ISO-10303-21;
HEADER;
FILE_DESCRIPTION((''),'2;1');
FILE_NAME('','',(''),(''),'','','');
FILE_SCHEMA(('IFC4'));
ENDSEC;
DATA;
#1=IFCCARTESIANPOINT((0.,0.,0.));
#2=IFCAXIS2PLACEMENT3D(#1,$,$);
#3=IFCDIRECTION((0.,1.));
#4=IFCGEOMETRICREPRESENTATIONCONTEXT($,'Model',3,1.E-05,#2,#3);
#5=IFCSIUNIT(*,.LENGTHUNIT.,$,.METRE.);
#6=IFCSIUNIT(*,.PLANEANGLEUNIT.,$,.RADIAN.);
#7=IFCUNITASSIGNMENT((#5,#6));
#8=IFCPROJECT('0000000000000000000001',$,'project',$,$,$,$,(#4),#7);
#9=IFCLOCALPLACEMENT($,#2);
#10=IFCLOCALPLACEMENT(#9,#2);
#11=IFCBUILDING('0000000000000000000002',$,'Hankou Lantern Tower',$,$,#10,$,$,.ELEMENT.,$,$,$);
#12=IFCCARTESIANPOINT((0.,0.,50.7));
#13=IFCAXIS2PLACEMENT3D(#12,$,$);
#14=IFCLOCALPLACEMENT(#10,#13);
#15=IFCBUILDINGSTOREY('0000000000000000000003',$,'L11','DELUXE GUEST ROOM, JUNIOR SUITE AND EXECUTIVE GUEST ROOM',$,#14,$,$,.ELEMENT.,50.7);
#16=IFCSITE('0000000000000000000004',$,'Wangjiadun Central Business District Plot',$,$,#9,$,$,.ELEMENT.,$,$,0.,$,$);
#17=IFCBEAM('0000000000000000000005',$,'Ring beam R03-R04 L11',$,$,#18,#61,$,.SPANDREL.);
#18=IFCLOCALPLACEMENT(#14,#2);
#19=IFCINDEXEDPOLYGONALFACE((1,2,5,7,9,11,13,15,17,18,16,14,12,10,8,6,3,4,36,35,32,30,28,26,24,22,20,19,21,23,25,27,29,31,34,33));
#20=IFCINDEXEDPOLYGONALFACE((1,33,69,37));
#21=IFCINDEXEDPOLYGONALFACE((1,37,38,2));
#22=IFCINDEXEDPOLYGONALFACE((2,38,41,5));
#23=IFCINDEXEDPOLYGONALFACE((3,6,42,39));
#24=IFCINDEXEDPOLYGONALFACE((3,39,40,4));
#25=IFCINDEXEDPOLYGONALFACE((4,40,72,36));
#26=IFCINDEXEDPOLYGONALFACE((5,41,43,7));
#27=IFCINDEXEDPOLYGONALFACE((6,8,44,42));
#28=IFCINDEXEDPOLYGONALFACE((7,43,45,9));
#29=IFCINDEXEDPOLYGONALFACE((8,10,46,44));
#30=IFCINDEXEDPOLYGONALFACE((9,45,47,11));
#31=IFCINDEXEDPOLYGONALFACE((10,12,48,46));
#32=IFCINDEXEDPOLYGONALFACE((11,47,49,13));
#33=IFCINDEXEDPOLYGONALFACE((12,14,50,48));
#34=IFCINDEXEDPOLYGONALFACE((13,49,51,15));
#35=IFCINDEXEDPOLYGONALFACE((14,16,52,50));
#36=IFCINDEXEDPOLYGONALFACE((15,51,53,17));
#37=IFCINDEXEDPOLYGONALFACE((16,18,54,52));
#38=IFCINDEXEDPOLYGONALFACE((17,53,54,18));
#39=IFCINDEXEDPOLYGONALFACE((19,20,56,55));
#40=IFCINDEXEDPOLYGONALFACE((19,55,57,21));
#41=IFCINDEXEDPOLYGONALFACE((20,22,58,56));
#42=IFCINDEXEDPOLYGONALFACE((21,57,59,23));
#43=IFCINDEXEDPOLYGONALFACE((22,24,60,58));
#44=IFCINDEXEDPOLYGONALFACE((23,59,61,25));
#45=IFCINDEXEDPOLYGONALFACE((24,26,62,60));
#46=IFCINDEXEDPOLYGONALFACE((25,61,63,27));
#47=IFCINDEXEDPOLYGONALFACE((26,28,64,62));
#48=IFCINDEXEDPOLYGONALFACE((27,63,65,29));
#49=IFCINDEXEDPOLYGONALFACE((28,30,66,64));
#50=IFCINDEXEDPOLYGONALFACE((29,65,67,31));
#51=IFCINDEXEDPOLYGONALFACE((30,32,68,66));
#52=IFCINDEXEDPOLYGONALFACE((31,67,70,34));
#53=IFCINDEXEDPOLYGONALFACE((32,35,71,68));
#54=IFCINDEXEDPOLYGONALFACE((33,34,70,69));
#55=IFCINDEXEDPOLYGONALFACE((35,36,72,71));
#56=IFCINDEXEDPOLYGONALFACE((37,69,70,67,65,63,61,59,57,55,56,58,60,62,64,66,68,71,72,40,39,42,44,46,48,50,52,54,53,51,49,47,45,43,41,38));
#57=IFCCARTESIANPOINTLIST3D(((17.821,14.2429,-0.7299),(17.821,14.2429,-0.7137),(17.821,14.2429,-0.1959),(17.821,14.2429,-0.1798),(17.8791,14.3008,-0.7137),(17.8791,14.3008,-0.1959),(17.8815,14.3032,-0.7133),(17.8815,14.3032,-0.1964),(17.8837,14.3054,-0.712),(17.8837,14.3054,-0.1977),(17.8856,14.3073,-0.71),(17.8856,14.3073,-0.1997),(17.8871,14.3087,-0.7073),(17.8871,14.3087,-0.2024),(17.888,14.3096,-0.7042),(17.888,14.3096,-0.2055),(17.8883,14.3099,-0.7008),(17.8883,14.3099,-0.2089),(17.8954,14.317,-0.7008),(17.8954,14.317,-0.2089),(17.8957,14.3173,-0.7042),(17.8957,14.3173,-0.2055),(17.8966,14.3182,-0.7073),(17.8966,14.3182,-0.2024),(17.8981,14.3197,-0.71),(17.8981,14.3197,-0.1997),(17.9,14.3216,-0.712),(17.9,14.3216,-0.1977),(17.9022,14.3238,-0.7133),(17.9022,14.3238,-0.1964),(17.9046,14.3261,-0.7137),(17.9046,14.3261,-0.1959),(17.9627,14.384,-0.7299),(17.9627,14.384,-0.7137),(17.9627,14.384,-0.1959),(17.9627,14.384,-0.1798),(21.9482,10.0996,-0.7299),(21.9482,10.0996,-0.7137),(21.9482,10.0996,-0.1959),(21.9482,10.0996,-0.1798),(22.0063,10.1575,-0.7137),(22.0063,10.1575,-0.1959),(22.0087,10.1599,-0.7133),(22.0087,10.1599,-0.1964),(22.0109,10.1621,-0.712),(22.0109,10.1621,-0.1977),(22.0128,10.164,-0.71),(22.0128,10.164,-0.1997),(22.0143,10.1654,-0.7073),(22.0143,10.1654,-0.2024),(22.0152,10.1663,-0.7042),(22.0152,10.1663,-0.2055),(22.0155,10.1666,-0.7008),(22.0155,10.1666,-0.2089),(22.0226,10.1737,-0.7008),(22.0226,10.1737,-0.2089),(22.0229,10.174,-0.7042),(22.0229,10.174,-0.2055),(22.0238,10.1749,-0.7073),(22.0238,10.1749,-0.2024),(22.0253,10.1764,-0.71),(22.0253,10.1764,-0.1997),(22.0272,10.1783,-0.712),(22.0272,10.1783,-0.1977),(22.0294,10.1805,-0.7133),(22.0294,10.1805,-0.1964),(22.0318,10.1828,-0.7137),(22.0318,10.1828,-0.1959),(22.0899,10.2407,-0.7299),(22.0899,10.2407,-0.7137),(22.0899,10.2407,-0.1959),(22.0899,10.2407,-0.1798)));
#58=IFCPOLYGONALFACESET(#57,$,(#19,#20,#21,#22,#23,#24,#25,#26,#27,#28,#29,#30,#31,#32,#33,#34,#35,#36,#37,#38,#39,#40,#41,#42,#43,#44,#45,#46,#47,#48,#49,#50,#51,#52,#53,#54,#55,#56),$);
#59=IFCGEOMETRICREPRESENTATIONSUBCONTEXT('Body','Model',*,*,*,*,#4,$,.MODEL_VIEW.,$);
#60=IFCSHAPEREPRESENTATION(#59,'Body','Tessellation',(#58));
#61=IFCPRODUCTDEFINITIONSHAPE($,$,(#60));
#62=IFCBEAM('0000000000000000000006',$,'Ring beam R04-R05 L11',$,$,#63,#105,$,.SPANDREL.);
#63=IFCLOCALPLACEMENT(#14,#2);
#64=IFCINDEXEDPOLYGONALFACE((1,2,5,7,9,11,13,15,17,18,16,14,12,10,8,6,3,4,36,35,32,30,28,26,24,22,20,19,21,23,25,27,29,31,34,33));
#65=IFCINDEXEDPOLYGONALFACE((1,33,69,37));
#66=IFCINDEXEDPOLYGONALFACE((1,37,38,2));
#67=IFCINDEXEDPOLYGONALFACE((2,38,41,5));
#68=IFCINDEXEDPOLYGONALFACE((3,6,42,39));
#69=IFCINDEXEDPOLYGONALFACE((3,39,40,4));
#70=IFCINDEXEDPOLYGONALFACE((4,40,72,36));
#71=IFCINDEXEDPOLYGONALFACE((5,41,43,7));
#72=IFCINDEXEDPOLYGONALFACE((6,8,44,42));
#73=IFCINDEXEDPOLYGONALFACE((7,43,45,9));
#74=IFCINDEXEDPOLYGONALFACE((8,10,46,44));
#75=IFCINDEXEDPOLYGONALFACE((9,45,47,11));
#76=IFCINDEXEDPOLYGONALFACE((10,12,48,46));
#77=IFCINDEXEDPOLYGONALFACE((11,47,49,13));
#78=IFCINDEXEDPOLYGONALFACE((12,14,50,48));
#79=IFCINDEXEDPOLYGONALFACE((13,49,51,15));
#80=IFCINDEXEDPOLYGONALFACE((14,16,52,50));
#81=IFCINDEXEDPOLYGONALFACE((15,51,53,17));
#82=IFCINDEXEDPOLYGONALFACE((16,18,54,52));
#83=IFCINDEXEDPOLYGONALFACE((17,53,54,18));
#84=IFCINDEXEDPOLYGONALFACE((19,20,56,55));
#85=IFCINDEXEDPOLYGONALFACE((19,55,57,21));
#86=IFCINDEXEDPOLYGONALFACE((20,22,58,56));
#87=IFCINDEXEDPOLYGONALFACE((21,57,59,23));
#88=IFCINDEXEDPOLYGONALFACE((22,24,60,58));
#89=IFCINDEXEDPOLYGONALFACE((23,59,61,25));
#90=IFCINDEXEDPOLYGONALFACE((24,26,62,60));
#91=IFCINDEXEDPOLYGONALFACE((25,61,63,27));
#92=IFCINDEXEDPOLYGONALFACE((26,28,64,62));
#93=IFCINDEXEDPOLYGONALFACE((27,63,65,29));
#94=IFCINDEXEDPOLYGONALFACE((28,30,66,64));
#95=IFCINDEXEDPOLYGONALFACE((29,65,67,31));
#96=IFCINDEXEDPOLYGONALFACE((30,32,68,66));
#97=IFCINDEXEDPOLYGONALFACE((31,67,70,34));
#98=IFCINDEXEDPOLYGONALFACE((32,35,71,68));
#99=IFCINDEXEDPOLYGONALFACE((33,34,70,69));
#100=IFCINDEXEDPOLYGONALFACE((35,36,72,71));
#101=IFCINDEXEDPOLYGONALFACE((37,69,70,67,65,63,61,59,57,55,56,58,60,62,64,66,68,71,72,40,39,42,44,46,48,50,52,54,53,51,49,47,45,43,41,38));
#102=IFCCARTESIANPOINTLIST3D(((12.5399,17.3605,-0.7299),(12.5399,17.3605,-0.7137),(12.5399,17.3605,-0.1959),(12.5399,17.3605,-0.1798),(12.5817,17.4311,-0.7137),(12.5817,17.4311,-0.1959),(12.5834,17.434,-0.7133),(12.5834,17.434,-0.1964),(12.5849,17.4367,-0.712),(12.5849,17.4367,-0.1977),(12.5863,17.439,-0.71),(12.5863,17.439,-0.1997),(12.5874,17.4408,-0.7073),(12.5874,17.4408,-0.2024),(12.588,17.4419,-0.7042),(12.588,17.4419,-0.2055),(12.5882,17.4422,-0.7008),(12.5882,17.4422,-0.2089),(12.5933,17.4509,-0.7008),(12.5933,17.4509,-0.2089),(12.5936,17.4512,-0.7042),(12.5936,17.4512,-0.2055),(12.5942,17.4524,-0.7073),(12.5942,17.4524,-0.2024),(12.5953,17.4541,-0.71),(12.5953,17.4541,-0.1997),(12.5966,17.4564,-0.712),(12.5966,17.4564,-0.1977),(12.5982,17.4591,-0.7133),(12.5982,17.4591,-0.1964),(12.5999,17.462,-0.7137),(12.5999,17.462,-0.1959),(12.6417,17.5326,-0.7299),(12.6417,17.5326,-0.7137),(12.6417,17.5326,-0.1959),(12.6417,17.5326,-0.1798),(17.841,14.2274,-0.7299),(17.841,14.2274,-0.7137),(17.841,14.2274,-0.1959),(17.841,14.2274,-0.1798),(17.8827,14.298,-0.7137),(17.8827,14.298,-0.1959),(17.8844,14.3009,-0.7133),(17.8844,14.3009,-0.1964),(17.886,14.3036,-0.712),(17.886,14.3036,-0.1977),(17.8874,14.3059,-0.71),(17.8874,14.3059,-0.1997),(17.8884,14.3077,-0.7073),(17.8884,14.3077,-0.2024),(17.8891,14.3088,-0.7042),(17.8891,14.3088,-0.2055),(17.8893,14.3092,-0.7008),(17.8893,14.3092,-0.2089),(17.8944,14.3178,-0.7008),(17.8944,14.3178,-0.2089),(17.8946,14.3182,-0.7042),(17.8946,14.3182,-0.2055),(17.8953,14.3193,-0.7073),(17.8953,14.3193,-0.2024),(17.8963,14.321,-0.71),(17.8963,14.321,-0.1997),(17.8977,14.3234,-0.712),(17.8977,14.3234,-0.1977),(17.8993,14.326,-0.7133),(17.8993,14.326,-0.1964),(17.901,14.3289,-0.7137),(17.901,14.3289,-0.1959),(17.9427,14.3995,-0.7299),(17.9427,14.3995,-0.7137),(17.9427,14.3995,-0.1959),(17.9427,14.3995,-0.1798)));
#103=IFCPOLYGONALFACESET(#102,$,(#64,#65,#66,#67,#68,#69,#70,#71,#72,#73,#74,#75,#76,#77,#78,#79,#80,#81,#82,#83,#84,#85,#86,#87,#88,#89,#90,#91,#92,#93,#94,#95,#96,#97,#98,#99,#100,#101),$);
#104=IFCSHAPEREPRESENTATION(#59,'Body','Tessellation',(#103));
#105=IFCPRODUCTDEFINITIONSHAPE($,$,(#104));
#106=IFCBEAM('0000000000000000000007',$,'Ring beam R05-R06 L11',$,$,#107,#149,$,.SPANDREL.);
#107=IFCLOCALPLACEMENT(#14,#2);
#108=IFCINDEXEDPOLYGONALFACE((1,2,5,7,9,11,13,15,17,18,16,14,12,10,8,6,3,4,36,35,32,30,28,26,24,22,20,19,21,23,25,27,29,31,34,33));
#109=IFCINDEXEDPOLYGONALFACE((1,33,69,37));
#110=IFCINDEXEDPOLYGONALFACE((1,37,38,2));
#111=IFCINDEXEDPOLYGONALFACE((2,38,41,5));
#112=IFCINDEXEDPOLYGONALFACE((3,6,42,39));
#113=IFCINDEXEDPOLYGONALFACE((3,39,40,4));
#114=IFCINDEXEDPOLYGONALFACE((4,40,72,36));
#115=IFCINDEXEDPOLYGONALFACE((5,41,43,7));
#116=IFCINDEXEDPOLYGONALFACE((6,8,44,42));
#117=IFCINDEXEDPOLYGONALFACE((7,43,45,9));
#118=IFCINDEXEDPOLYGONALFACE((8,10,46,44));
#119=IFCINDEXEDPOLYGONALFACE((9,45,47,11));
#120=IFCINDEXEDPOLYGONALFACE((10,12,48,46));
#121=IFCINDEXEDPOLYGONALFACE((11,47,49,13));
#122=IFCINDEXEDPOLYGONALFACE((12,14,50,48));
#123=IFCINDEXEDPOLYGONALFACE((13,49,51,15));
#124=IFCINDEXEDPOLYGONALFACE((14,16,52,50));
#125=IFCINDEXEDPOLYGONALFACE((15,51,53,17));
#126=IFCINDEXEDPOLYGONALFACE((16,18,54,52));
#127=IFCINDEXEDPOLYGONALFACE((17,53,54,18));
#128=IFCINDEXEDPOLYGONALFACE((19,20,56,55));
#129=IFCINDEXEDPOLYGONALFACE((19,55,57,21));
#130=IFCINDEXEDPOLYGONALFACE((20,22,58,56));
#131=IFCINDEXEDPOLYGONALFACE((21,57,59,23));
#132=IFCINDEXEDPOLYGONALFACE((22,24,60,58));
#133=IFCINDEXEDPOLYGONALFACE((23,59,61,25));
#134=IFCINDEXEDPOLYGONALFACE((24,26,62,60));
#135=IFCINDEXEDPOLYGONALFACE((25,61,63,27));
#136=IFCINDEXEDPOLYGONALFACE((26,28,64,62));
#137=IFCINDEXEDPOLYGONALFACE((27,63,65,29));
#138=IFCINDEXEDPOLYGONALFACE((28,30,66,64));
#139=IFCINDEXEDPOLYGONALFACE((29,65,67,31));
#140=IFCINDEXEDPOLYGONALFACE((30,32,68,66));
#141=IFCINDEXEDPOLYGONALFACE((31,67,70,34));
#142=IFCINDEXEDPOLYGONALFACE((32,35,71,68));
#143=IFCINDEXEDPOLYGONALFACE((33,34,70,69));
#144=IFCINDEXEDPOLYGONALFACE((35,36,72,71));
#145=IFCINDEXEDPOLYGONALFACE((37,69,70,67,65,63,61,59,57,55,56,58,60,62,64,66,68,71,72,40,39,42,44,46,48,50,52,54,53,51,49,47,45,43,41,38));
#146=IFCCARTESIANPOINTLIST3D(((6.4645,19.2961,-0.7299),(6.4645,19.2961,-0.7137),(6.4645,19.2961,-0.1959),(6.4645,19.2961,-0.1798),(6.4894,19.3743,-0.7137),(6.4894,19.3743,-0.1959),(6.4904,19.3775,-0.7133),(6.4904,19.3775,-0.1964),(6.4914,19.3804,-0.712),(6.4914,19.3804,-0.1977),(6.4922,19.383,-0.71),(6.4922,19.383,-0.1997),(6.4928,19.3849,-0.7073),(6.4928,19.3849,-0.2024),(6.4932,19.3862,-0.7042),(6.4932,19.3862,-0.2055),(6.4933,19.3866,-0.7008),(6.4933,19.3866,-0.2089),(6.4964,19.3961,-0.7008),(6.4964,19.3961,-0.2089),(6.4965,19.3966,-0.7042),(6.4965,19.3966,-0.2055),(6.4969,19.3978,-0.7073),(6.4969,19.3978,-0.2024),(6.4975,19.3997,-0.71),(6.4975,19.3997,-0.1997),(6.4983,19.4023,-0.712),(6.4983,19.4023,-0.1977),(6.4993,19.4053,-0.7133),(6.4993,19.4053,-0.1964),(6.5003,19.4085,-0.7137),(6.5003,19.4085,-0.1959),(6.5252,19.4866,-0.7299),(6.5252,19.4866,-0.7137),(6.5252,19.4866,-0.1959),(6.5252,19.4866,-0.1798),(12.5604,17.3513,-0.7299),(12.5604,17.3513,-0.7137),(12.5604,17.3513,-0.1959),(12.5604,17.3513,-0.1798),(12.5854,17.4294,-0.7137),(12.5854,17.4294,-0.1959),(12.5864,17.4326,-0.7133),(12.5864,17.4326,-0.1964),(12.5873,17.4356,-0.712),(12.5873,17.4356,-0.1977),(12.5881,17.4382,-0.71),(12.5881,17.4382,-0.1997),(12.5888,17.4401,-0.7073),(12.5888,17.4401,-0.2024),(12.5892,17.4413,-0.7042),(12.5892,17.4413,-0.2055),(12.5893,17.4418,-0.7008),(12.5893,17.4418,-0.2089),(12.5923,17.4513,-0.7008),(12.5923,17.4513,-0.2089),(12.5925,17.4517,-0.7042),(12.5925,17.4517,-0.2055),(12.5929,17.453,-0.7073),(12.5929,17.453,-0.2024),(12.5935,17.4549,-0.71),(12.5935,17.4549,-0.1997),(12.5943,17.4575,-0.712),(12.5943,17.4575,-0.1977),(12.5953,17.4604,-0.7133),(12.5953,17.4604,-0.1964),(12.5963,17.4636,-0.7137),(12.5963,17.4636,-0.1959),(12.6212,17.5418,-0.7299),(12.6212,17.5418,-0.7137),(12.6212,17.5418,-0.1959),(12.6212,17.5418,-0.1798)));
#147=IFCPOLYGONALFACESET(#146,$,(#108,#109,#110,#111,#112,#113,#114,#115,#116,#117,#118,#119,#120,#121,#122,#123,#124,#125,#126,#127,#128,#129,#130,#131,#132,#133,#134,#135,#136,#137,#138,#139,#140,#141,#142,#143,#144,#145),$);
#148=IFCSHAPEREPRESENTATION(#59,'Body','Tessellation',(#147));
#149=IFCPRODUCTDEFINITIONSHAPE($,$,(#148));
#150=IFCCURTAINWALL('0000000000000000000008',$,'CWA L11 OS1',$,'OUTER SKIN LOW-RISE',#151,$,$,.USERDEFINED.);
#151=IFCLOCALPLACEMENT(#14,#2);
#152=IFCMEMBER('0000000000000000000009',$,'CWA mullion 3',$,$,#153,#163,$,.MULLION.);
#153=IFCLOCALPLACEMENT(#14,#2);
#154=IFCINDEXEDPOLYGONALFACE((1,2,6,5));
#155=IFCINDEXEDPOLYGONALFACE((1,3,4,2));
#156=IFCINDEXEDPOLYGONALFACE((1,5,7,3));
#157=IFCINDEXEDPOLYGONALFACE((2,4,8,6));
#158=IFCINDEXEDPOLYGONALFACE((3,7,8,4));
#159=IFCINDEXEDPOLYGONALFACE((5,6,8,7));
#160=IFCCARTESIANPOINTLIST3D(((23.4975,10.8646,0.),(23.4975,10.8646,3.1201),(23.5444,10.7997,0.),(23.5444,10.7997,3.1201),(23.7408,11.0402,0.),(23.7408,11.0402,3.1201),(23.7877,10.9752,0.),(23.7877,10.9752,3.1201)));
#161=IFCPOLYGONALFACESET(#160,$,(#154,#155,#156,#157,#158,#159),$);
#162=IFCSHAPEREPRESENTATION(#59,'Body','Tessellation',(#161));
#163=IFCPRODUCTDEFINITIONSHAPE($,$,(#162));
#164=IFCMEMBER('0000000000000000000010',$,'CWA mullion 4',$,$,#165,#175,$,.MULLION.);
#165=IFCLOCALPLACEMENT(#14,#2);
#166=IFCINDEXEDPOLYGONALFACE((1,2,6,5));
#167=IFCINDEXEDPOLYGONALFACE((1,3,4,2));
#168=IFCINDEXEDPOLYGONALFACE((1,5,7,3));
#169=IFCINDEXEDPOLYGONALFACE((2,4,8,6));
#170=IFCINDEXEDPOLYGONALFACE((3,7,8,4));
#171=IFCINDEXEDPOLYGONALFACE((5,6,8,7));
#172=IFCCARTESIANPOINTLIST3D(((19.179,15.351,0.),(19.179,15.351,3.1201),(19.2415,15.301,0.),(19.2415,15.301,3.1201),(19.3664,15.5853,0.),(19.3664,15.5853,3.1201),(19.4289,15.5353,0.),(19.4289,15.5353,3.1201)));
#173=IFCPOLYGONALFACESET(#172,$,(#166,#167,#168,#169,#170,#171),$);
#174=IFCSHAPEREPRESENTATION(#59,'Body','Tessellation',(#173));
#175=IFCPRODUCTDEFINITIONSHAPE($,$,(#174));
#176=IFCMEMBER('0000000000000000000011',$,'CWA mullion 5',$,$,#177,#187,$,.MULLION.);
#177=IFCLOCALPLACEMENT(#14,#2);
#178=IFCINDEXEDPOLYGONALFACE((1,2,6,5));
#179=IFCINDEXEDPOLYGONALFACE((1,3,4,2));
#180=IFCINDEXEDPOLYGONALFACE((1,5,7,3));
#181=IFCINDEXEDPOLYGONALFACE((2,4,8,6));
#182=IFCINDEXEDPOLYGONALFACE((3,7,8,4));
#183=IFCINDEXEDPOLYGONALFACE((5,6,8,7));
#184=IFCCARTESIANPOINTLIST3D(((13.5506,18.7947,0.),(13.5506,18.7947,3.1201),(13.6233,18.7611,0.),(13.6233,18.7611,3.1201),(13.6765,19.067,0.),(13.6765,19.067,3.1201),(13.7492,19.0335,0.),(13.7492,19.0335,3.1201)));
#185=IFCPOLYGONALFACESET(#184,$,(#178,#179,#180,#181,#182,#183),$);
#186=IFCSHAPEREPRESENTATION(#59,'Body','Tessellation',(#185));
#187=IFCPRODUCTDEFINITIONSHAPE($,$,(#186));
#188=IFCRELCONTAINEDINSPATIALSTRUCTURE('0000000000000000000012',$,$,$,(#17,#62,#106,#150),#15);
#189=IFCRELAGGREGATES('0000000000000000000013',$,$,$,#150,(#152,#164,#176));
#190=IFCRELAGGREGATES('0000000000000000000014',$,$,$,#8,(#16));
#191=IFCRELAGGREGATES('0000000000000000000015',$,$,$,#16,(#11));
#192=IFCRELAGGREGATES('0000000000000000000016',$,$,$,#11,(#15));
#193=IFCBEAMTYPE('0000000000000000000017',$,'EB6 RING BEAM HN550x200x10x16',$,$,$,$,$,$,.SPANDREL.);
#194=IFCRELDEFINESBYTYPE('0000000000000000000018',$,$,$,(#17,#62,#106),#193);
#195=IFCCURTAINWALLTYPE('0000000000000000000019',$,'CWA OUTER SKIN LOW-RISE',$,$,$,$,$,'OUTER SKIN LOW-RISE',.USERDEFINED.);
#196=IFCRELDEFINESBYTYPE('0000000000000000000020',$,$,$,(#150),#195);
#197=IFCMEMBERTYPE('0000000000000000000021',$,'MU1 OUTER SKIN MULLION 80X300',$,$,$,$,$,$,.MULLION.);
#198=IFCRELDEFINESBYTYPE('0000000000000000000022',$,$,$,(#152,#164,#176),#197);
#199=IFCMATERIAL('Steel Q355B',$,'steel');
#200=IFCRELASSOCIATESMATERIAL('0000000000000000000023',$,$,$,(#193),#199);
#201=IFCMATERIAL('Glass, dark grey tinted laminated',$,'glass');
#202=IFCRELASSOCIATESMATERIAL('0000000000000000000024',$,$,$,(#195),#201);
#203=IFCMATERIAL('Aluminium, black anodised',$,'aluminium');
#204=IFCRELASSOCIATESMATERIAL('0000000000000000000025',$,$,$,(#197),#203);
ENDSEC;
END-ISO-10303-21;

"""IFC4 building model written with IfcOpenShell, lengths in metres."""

from ifc_helpers import new_model, si_unit, direction, frame, origin, origin_2d, place, context, subcontext, project, spatial, rectangle, i_section, extrude, material, material_profile, profile_set, type_object, element, aggregate, save


model = new_model("IFC4")

# Units and contexts
model_context = context("Model", 3, precision=1e-05, world=origin(), true_north=direction((0.0, 1.0)))
body_context = subcontext(model_context, "Body", "Model", "MODEL_VIEW")
ifc_project = project(units=[si_unit("LENGTHUNIT", "METRE"), si_unit("PLANEANGLEUNIT", "RADIAN")], contexts=[model_context])

# Site, building, storey
site_placement = place(None, origin())
site = spatial("IfcSite", under=ifc_project, at=site_placement, Name="Wangjiadun Central Business District Plot", CompositionType="ELEMENT", RefElevation=0.0)
building_placement = place(site_placement, origin())
building = spatial("IfcBuilding", under=site, at=building_placement, Name="Hankou Lantern Tower", CompositionType="ELEMENT")
storey_placement = place(building_placement, frame((0.0, 0.0, 50.7)))
storey = spatial("IfcBuildingStorey", under=building, at=storey_placement, Name="L11", Description="DELUXE GUEST ROOM, JUNIOR SUITE AND EXECUTIVE GUEST ROOM", CompositionType="ELEMENT", Elevation=50.7)

# Beams
ifc_material_1 = material(Name="Steel Q355B", Category="steel")
ifc_material_profile_1 = material_profile(ifc_material_1, i_section(OverallWidth=0.2, OverallDepth=0.55, WebThickness=0.01, FlangeThickness=0.0161, FilletRadius=0.0129, at=origin_2d()), Name="HN550x200x10x16")
ifc_profile_set_1 = profile_set([ifc_material_profile_1], Name="Steel Q355B")
beam_type_1 = type_object("IfcBeamType", Name="EB6 RING BEAM HN550x200x10x16", PredefinedType="SPANDREL", material=ifc_profile_set_1)
beam_1_placement = place(storey_placement, frame((22.019, 10.1702, -0.4548), z_axis=(-0.705728, 0.708483, 0.0), x_axis=(-0.708483, -0.705728, 0.0)))
element("IfcBeam", 1, at=beam_1_placement, inside=storey, type_object=beam_type_1, Name="Ring beam R03-R04 L11", PredefinedType="SPANDREL", context=body_context, shape_type="SweptSolid", body=[
    extrude(i_section(OverallWidth=0.2, OverallDepth=0.55, WebThickness=0.01, FlangeThickness=0.0161, FilletRadius=0.0129, at=origin_2d()), origin(), (0.0, 0.0, 1.0), 5.8481),
])
beam_2_placement = place(storey_placement, frame((17.8918, 14.3135, -0.4548), z_axis=(-0.860882, 0.508805, 0.0), x_axis=(-0.508805, -0.860882, 0.0)))
element("IfcBeam", 2, at=beam_2_placement, inside=storey, type_object=beam_type_1, Name="Ring beam R04-R05 L11", PredefinedType="SPANDREL", context=body_context, shape_type="SweptSolid", body=[
    extrude(i_section(OverallWidth=0.2, OverallDepth=0.55, WebThickness=0.01, FlangeThickness=0.0161, FilletRadius=0.0129, at=origin_2d()), origin(), (0.0, 0.0, 1.0), 6.1577),
])
beam_3_placement = place(storey_placement, frame((12.5908, 17.4465, -0.4548), z_axis=(-0.95269, 0.303942, 0.0), x_axis=(-0.303942, -0.95269, 0.0)))
element("IfcBeam", 3, at=beam_3_placement, inside=storey, type_object=beam_type_1, Name="Ring beam R05-R06 L11", PredefinedType="SPANDREL", context=body_context, shape_type="SweptSolid", body=[
    extrude(i_section(OverallWidth=0.2, OverallDepth=0.55, WebThickness=0.01, FlangeThickness=0.0161, FilletRadius=0.0129, at=origin_2d()), origin(), (0.0, 0.0, 1.0), 6.3987),
])

# Curtain wall, members
ifc_material_2 = material(Name="Glass, dark grey tinted laminated", Category="glass")
curtain_wall_type = type_object("IfcCurtainWallType", Name="CWA OUTER SKIN LOW-RISE", ElementType="OUTER SKIN LOW-RISE", PredefinedType="USERDEFINED", material=ifc_material_2)
curtain_wall_placement = place(storey_placement, origin())
curtain_wall = element("IfcCurtainWall", 4, at=curtain_wall_placement, inside=storey, type_object=curtain_wall_type, Name="CWA L11 OS1", ObjectType="OUTER SKIN LOW-RISE", PredefinedType="USERDEFINED")
ifc_material_3 = material(Name="Aluminium, black anodised", Category="aluminium")
ifc_material_profile_2 = material_profile(ifc_material_3, rectangle(XDim=0.0801, YDim=0.3, at=origin_2d()), Name="MU1 80X300")
ifc_profile_set_2 = profile_set([ifc_material_profile_2], Name="Aluminium, black anodised")
member_type_1 = type_object("IfcMemberType", Name="MU1 OUTER SKIN MULLION 80X300", PredefinedType="MULLION", material=ifc_profile_set_2)
member_1_placement = place(storey_placement, frame((23.6426, 10.9199, 0.0), z_axis=(0.0, 0.0, 1.0), x_axis=(-0.585206, 0.810885, 0.0)))
member_1 = element("IfcMember", 5, at=member_1_placement, type_object=member_type_1, Name="CWA mullion 3", PredefinedType="MULLION", context=body_context, shape_type="SweptSolid", body=[
    extrude(rectangle(XDim=0.0801, YDim=0.3, at=origin_2d()), origin(), (0.0, 0.0, 1.0), 3.1201),
])
member_2_placement = place(storey_placement, frame((19.304, 15.4431, 0.0), z_axis=(0.0, 0.0, 1.0), x_axis=(-0.780869, 0.624695, 0.0)))
member_2 = element("IfcMember", 6, at=member_2_placement, type_object=member_type_1, Name="CWA mullion 4", PredefinedType="MULLION", context=body_context, shape_type="SweptSolid", body=[
    extrude(rectangle(XDim=0.0801, YDim=0.3, at=origin_2d()), origin(), (0.0, 0.0, 1.0), 3.1201),
])
member_3_placement = place(storey_placement, frame((13.6499, 18.9141, 0.0), z_axis=(0.0, 0.0, 1.0), x_axis=(-0.907841, 0.419314, 0.0)))
member_3 = element("IfcMember", 7, at=member_3_placement, type_object=member_type_1, Name="CWA mullion 5", PredefinedType="MULLION", context=body_context, shape_type="SweptSolid", body=[
    extrude(rectangle(XDim=0.0801, YDim=0.3, at=origin_2d()), origin(), (0.0, 0.0, 1.0), 3.1201),
])

aggregate(curtain_wall, [member_1, member_2, member_3])

save(model, "model.ifc")
